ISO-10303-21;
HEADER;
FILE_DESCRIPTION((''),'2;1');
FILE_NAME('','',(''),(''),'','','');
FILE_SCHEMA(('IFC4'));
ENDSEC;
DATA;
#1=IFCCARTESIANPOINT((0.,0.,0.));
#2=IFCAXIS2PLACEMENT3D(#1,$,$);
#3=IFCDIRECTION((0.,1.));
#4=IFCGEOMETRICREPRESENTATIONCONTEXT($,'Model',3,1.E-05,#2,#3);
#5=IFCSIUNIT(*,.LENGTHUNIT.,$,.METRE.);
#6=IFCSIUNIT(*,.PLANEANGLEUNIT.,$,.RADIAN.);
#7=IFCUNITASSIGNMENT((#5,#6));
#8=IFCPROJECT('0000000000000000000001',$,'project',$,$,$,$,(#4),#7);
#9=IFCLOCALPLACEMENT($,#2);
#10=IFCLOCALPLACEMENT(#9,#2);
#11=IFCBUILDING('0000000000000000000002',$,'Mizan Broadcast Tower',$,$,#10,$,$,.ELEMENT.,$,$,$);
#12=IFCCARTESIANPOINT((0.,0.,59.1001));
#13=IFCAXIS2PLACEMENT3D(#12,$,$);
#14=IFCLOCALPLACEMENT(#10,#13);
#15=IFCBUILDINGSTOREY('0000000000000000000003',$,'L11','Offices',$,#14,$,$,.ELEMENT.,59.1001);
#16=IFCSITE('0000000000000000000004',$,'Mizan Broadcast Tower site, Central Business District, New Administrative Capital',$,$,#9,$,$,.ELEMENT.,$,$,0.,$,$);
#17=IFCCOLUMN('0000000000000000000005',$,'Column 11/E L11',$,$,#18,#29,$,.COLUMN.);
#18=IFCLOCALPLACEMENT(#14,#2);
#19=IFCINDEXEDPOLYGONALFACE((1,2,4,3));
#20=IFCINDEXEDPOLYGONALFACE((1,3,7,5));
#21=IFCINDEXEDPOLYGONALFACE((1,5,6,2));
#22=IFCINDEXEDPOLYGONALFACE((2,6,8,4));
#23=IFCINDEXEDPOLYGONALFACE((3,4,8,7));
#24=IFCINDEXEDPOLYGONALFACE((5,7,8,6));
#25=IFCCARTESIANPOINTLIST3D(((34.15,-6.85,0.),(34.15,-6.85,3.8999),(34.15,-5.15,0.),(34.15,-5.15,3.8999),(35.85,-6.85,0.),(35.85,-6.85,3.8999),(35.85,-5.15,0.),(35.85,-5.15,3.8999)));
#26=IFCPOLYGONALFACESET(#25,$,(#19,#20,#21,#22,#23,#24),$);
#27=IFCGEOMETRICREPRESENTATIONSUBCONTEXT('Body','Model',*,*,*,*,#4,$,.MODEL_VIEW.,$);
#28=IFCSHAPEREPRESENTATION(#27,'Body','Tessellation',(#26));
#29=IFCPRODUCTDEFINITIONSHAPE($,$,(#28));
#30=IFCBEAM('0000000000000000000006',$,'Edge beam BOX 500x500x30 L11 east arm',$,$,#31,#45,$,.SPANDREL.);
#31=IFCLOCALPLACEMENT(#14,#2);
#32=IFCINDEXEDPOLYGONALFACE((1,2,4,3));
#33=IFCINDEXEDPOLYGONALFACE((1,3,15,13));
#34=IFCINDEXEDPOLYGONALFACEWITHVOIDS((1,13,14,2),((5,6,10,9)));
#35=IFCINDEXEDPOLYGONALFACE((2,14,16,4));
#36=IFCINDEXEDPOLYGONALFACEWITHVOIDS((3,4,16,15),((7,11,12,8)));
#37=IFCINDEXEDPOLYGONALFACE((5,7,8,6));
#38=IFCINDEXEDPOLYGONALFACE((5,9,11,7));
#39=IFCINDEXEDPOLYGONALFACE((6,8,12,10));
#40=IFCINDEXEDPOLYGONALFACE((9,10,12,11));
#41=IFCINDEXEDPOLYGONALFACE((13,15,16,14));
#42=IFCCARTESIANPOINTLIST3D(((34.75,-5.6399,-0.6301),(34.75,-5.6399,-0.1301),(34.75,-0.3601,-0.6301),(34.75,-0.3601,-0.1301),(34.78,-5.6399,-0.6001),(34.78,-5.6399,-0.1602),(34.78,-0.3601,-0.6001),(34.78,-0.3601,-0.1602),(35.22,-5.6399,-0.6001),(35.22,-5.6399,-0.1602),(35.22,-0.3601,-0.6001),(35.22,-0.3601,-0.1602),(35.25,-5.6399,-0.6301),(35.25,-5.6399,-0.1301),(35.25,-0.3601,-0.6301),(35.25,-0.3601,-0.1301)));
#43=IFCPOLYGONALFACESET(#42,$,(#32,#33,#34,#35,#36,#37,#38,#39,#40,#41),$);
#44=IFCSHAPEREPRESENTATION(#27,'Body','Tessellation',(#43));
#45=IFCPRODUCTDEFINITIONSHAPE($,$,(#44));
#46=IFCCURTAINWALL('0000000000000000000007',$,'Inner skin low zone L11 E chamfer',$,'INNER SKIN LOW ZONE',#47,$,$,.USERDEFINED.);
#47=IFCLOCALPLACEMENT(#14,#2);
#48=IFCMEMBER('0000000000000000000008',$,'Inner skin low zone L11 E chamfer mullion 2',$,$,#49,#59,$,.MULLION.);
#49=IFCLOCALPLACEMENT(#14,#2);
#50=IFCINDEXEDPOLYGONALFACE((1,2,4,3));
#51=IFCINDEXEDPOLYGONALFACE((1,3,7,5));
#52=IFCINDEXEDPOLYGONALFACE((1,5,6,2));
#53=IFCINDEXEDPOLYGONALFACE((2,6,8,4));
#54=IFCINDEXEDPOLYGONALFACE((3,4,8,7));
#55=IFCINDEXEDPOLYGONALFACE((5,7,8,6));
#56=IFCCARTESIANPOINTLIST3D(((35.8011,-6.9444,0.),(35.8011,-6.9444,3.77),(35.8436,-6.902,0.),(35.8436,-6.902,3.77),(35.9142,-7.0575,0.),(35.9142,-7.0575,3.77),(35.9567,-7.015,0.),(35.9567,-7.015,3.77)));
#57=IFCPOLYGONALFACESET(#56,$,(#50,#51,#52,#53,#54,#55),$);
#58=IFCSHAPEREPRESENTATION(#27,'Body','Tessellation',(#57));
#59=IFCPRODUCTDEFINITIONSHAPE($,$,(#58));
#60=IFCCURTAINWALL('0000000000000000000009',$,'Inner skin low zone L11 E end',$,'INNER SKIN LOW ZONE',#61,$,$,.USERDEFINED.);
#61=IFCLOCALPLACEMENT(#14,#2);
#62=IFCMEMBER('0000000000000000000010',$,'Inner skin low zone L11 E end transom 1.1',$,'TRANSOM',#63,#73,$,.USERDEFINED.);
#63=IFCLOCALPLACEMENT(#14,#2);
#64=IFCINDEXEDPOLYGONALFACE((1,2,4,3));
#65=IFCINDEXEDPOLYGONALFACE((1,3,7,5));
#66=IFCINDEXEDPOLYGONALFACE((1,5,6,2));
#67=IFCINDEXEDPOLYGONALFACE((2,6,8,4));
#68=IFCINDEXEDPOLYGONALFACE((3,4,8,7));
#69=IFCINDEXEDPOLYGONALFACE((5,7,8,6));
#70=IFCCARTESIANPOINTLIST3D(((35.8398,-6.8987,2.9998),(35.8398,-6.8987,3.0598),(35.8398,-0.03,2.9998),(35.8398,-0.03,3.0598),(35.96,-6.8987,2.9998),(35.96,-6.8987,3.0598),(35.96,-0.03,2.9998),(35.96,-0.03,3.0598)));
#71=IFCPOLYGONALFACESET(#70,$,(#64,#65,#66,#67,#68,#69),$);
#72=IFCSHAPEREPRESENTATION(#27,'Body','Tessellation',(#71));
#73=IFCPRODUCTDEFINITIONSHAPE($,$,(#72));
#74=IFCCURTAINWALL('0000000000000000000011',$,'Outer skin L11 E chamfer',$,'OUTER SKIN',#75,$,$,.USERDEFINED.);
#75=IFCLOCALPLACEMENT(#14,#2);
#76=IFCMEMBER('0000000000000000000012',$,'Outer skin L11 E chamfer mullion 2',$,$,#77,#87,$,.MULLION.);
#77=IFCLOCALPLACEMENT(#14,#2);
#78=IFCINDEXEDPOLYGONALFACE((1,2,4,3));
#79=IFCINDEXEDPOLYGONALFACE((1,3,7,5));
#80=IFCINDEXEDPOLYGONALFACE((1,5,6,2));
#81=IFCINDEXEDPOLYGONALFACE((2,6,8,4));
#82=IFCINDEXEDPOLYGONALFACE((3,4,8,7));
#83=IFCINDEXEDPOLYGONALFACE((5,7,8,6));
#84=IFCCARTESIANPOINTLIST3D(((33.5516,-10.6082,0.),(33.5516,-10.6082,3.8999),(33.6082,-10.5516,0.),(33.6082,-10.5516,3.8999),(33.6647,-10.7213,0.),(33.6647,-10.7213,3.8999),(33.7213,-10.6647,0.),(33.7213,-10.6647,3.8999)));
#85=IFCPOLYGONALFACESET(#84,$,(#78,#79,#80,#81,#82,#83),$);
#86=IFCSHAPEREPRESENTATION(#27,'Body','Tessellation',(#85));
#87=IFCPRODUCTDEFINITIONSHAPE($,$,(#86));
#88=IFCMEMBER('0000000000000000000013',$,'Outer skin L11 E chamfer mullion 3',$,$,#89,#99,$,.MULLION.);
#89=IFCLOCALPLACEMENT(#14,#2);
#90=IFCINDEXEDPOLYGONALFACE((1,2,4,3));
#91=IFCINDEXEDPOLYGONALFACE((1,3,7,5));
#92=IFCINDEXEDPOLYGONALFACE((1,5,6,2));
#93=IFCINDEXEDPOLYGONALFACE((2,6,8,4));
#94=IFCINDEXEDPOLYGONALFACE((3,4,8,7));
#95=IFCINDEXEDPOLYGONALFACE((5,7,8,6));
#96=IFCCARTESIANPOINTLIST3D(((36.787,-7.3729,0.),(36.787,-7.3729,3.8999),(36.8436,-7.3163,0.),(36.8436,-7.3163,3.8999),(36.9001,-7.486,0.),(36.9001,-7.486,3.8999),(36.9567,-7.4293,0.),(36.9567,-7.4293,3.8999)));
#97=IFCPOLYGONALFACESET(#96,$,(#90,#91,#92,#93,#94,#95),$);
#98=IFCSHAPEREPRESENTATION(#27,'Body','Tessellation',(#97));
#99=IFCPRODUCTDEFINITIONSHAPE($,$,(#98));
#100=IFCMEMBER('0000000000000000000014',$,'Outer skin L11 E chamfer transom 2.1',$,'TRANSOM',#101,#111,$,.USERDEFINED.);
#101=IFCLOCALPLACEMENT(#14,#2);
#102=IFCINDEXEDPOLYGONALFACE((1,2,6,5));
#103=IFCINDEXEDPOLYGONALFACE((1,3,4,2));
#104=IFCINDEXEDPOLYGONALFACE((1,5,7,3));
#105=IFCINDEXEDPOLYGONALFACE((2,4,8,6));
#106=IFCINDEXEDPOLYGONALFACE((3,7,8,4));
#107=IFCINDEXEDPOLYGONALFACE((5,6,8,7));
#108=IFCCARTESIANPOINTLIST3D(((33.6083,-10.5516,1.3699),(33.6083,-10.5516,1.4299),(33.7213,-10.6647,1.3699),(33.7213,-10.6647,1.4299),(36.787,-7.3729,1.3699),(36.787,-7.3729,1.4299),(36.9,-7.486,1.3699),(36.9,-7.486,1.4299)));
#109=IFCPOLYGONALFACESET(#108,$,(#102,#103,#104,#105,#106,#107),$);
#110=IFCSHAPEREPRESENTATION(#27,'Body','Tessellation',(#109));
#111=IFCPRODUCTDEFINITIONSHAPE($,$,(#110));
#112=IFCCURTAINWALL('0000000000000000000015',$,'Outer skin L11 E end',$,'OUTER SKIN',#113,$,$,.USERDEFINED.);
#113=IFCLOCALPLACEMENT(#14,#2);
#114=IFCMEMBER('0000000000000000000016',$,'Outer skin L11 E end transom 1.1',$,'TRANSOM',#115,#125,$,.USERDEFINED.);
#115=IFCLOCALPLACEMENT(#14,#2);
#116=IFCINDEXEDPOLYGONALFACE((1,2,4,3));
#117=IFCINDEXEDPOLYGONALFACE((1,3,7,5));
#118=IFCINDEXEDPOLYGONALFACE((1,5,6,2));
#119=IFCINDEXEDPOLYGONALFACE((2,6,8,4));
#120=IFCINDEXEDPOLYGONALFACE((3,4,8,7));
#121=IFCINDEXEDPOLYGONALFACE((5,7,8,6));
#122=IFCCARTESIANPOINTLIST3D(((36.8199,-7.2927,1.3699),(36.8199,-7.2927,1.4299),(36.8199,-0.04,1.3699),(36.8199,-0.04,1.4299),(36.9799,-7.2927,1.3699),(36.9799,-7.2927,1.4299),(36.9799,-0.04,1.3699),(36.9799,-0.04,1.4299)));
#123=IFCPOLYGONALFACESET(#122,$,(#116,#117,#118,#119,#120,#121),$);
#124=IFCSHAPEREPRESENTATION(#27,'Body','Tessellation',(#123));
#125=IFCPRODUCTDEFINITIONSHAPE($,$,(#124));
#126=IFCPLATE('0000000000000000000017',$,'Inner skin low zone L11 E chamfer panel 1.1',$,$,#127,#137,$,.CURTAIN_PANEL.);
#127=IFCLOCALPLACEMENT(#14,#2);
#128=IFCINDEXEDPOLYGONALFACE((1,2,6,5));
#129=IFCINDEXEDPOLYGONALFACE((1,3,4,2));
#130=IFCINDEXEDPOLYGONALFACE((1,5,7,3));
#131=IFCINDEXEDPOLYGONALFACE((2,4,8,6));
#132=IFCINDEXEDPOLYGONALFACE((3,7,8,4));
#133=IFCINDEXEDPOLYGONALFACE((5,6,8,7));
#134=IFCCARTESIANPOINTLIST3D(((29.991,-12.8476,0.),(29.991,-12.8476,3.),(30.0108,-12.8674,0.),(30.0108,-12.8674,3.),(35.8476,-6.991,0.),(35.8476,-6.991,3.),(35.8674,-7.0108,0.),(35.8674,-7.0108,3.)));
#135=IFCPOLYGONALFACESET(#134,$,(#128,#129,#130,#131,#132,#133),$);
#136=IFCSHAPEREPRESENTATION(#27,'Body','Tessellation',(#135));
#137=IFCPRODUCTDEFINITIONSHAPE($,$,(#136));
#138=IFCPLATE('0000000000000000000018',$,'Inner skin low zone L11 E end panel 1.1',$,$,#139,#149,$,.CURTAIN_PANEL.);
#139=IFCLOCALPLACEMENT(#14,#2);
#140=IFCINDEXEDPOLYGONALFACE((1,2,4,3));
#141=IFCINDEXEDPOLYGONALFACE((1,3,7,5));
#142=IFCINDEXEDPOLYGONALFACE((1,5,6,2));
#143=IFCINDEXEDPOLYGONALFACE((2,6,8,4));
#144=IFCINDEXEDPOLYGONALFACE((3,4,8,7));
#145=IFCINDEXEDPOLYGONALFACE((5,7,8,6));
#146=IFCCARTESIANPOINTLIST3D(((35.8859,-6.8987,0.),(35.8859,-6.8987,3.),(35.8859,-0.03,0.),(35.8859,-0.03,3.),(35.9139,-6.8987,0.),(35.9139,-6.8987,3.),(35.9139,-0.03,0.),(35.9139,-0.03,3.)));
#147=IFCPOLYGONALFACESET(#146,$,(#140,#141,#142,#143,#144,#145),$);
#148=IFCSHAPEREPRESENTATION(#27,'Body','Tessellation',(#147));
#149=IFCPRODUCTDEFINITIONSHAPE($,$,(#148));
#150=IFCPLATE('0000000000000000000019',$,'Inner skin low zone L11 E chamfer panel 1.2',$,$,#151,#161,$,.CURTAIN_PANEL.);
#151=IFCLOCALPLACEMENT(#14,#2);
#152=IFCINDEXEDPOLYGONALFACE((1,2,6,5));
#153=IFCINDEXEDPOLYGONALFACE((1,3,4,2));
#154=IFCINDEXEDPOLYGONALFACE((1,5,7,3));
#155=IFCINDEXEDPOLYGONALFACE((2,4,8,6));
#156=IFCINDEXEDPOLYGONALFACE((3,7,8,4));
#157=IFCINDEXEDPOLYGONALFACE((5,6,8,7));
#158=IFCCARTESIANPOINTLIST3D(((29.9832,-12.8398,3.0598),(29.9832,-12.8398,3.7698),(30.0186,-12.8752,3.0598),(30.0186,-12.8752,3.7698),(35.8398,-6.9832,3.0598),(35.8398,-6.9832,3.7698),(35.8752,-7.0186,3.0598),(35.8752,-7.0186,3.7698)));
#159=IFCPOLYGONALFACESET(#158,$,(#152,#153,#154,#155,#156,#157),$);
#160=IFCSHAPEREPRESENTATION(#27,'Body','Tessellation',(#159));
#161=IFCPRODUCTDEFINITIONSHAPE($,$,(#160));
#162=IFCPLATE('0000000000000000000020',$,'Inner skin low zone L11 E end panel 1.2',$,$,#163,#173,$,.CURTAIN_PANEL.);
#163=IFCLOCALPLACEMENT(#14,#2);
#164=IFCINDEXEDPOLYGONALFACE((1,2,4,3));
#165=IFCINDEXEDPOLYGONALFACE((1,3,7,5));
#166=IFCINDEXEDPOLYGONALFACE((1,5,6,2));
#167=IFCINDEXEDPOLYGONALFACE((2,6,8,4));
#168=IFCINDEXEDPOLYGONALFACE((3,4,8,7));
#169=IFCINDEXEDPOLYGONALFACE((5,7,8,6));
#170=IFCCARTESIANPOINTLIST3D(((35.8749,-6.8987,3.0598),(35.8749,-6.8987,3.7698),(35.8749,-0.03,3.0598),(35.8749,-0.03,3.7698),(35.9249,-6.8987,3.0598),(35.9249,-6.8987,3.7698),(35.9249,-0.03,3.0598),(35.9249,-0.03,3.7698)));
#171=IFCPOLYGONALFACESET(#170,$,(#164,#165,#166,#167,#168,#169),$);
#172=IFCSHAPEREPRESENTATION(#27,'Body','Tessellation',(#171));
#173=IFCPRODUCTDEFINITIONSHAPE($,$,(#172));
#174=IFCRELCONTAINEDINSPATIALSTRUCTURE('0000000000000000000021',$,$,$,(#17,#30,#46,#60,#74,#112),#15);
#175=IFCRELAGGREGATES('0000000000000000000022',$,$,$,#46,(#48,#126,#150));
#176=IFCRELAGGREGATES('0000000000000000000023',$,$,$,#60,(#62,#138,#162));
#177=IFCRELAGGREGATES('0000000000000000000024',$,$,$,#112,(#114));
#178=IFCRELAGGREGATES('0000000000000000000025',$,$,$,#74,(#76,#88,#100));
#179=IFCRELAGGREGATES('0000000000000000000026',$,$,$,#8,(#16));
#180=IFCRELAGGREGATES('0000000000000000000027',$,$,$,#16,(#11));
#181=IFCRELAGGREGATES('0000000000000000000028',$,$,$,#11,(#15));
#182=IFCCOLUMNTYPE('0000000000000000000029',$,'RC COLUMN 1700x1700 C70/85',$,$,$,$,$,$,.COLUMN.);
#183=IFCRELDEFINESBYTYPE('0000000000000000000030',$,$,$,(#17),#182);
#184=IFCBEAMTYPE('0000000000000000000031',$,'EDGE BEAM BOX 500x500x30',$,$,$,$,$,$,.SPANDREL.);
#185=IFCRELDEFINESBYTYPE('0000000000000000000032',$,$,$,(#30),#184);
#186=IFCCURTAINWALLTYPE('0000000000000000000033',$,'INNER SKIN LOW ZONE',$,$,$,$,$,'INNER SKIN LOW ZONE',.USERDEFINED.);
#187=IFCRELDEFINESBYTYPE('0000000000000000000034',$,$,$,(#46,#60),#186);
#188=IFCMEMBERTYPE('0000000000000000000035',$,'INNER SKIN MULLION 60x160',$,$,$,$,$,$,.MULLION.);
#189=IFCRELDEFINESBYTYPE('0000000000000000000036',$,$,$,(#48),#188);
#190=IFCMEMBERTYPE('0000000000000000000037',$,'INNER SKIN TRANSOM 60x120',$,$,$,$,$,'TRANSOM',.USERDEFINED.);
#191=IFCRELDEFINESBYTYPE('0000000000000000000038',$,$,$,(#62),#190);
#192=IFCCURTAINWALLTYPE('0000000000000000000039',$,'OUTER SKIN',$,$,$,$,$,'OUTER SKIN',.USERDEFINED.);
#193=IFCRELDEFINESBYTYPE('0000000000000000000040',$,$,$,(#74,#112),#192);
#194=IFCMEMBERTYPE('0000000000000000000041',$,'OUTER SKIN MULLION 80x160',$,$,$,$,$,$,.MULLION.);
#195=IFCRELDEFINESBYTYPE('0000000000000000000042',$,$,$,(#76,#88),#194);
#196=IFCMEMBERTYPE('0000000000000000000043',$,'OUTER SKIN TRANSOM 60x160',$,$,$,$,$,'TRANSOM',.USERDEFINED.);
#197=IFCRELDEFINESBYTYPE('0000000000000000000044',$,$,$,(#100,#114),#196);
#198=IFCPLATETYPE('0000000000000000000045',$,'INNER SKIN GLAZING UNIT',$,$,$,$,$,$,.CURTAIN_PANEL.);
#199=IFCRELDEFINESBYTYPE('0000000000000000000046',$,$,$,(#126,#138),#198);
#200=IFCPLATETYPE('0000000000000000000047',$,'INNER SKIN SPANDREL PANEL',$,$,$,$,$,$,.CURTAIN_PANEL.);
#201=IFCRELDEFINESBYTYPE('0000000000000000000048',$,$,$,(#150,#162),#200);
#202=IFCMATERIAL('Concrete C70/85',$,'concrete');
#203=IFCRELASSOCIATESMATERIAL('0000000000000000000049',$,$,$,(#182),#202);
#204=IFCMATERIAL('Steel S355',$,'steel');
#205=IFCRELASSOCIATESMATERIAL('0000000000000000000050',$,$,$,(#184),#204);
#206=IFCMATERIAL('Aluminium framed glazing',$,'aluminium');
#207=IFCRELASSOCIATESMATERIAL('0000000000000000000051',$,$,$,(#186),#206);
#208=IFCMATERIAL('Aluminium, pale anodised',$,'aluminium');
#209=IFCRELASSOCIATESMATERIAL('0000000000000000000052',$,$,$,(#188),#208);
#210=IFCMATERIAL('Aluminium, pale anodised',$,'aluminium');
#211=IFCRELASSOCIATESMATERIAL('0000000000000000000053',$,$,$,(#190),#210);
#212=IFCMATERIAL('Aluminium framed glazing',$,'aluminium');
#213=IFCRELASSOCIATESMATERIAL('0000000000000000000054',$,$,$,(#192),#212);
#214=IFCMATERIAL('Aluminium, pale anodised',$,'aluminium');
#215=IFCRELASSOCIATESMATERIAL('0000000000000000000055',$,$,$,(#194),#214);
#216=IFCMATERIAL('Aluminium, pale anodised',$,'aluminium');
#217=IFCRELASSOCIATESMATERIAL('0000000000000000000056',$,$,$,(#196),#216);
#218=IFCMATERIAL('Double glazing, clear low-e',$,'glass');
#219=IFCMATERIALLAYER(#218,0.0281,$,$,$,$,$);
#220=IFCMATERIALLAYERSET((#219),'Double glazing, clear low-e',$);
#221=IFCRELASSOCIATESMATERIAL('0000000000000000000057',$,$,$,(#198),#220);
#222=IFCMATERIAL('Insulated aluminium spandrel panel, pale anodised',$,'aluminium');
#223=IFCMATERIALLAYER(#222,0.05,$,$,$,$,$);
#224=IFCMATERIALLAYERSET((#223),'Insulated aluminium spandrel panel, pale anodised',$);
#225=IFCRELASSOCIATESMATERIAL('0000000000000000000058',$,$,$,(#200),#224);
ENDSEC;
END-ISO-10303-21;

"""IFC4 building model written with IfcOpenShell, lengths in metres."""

from ifc_helpers import new_model, si_unit, direction, frame, origin, origin_2d, place, context, subcontext, project, spatial, rectangle, hollow_rectangle, extrude, material, layer, layer_set, material_profile, profile_set, type_object, element, aggregate, save


model = new_model("IFC4")

# Units and contexts
model_context = context("Model", 3, precision=1e-05, world=origin(), true_north=direction((0.0, 1.0)))
body_context = subcontext(model_context, "Body", "Model", "MODEL_VIEW")
ifc_project = project(units=[si_unit("LENGTHUNIT", "METRE"), si_unit("PLANEANGLEUNIT", "RADIAN")], contexts=[model_context])

# Site, building, storey
site_placement = place(None, origin())
site = spatial("IfcSite", under=ifc_project, at=site_placement, Name="Mizan Broadcast Tower site, Central Business District, New Administrative Capital", CompositionType="ELEMENT", RefElevation=0.0)
building_placement = place(site_placement, origin())
building = spatial("IfcBuilding", under=site, at=building_placement, Name="Mizan Broadcast Tower", CompositionType="ELEMENT")
storey_placement = place(building_placement, frame((0.0, 0.0, 59.1001)))
storey = spatial("IfcBuildingStorey", under=building, at=storey_placement, Name="L11", Description="Offices", CompositionType="ELEMENT", Elevation=59.1001)

# Column
ifc_material_1 = material(Name="Concrete C70/85", Category="concrete")
ifc_material_profile_1 = material_profile(ifc_material_1, rectangle(XDim=1.7, YDim=1.7, at=origin_2d()), Name="RC 1700x1700")
ifc_profile_set_1 = profile_set([ifc_material_profile_1], Name="Concrete C70/85")
column_type = type_object("IfcColumnType", Name="RC COLUMN 1700x1700 C70/85", PredefinedType="COLUMN", material=ifc_profile_set_1)
column_placement = place(storey_placement, frame((35.0, -6.0, 0.0), z_axis=(0.0, 0.0, 1.0), x_axis=(1.0, 0.0, 0.0)))
element("IfcColumn", 1, at=column_placement, inside=storey, type_object=column_type, Name="Column 11/E L11", PredefinedType="COLUMN", context=body_context, shape_type="SweptSolid", body=[
    extrude(rectangle(XDim=1.7, YDim=1.7, at=origin_2d()), origin(), (0.0, 0.0, 1.0), 3.8999),
])

# Beam
ifc_material_2 = material(Name="Steel S355", Category="steel")
ifc_material_profile_2 = material_profile(ifc_material_2, hollow_rectangle(XDim=0.5, YDim=0.5, WallThickness=0.03, at=origin_2d()), Name="BOX 500x500x30")
ifc_profile_set_2 = profile_set([ifc_material_profile_2], Name="Steel S355")
beam_type = type_object("IfcBeamType", Name="EDGE BEAM BOX 500x500x30", PredefinedType="SPANDREL", material=ifc_profile_set_2)
beam_placement = place(storey_placement, frame((35.0, -5.6399, -0.3801), z_axis=(0.0, 1.0, 0.0), x_axis=(-1.0, 0.0, 0.0)))
element("IfcBeam", 2, at=beam_placement, inside=storey, type_object=beam_type, Name="Edge beam BOX 500x500x30 L11 east arm", PredefinedType="SPANDREL", context=body_context, shape_type="SweptSolid", body=[
    extrude(hollow_rectangle(XDim=0.5, YDim=0.5, WallThickness=0.03, at=origin_2d()), origin(), (0.0, 0.0, 1.0), 5.2798),
])

# Curtain walls, members
ifc_material_3 = material(Name="Aluminium framed glazing", Category="aluminium")
curtain_wall_type_1 = type_object("IfcCurtainWallType", Name="INNER SKIN LOW ZONE", ElementType="INNER SKIN LOW ZONE", PredefinedType="USERDEFINED", material=ifc_material_3)
curtain_wall_1_placement = place(storey_placement, origin())
curtain_wall_1 = element("IfcCurtainWall", 3, at=curtain_wall_1_placement, inside=storey, type_object=curtain_wall_type_1, Name="Inner skin low zone L11 E chamfer", ObjectType="INNER SKIN LOW ZONE", PredefinedType="USERDEFINED")
ifc_material_4 = material(Name="Aluminium, pale anodised", Category="aluminium")
ifc_material_profile_3 = material_profile(ifc_material_4, rectangle(XDim=0.1599, YDim=0.0601, at=origin_2d()), Name="MULLION 160x60")
ifc_profile_set_3 = profile_set([ifc_material_profile_3], Name="Aluminium, pale anodised")
member_type_1 = type_object("IfcMemberType", Name="INNER SKIN MULLION 60x160", PredefinedType="MULLION", material=ifc_profile_set_3)
member_1_placement = place(storey_placement, frame((35.8789, -6.9797, 0.0), z_axis=(0.0, 0.0, 1.0), x_axis=(-0.707107, 0.707107, 0.0)))
member_1 = element("IfcMember", 4, at=member_1_placement, type_object=member_type_1, Name="Inner skin low zone L11 E chamfer mullion 2", PredefinedType="MULLION", context=body_context, shape_type="SweptSolid", body=[
    extrude(rectangle(XDim=0.1599, YDim=0.0601, at=origin_2d()), origin(), (0.0, 0.0, 1.0), 3.77),
])
curtain_wall_2_placement = place(storey_placement, origin())
curtain_wall_2 = element("IfcCurtainWall", 5, at=curtain_wall_2_placement, inside=storey, type_object=curtain_wall_type_1, Name="Inner skin low zone L11 E end", ObjectType="INNER SKIN LOW ZONE", PredefinedType="USERDEFINED")
ifc_material_5 = material(Name="Aluminium, pale anodised", Category="aluminium")
ifc_material_profile_4 = material_profile(ifc_material_5, rectangle(XDim=0.1201, YDim=0.0601, at=origin_2d()), Name="TRANSOM 120x60")
ifc_profile_set_4 = profile_set([ifc_material_profile_4], Name="Aluminium, pale anodised")
member_type_2 = type_object("IfcMemberType", Name="INNER SKIN TRANSOM 60x120", ElementType="TRANSOM", PredefinedType="USERDEFINED", material=ifc_profile_set_4)
member_2_placement = place(storey_placement, frame((35.8999, -6.8987, 3.0298), z_axis=(0.0, 1.0, 0.0), x_axis=(-1.0, 0.0, 0.0)))
member_2 = element("IfcMember", 6, at=member_2_placement, type_object=member_type_2, Name="Inner skin low zone L11 E end transom 1.1", ObjectType="TRANSOM", PredefinedType="USERDEFINED", context=body_context, shape_type="SweptSolid", body=[
    extrude(rectangle(XDim=0.1201, YDim=0.0601, at=origin_2d()), origin(), (0.0, 0.0, 1.0), 6.8687),
])

# Curtain wall, members
ifc_material_6 = material(Name="Aluminium framed glazing", Category="aluminium")
curtain_wall_type_2 = type_object("IfcCurtainWallType", Name="OUTER SKIN", ElementType="OUTER SKIN", PredefinedType="USERDEFINED", material=ifc_material_6)
curtain_wall_3_placement = place(storey_placement, origin())
curtain_wall_3 = element("IfcCurtainWall", 7, at=curtain_wall_3_placement, inside=storey, type_object=curtain_wall_type_2, Name="Outer skin L11 E chamfer", ObjectType="OUTER SKIN", PredefinedType="USERDEFINED")
ifc_material_7 = material(Name="Aluminium, pale anodised", Category="aluminium")
ifc_material_profile_5 = material_profile(ifc_material_7, rectangle(XDim=0.1599, YDim=0.0801, at=origin_2d()), Name="MULLION 160x80")
ifc_profile_set_5 = profile_set([ifc_material_profile_5], Name="Aluminium, pale anodised")
member_type_3 = type_object("IfcMemberType", Name="OUTER SKIN MULLION 80x160", PredefinedType="MULLION", material=ifc_profile_set_5)
member_3_placement = place(storey_placement, frame((33.6365, -10.6365, 0.0), z_axis=(0.0, 0.0, 1.0), x_axis=(-0.707107, 0.707107, 0.0)))
member_3 = element("IfcMember", 8, at=member_3_placement, type_object=member_type_3, Name="Outer skin L11 E chamfer mullion 2", PredefinedType="MULLION", context=body_context, shape_type="SweptSolid", body=[
    extrude(rectangle(XDim=0.1599, YDim=0.0801, at=origin_2d()), origin(), (0.0, 0.0, 1.0), 3.8999),
])
member_4_placement = place(storey_placement, frame((36.8718, -7.4011, 0.0), z_axis=(0.0, 0.0, 1.0), x_axis=(-0.707107, 0.707107, 0.0)))
member_4 = element("IfcMember", 9, at=member_4_placement, type_object=member_type_3, Name="Outer skin L11 E chamfer mullion 3", PredefinedType="MULLION", context=body_context, shape_type="SweptSolid", body=[
    extrude(rectangle(XDim=0.1599, YDim=0.0801, at=origin_2d()), origin(), (0.0, 0.0, 1.0), 3.8999),
])
ifc_material_8 = material(Name="Aluminium, pale anodised", Category="aluminium")
ifc_material_profile_6 = material_profile(ifc_material_8, rectangle(XDim=0.1599, YDim=0.0601, at=origin_2d()), Name="TRANSOM 160x60")
ifc_profile_set_6 = profile_set([ifc_material_profile_6], Name="Aluminium, pale anodised")
member_type_4 = type_object("IfcMemberType", Name="OUTER SKIN TRANSOM 60x160", ElementType="TRANSOM", PredefinedType="USERDEFINED", material=ifc_profile_set_6)
member_5_placement = place(storey_placement, frame((33.6648, -10.6082, 1.3999), z_axis=(0.707107, 0.707107, 0.0), x_axis=(-0.707107, 0.707107, 0.0)))
member_5 = element("IfcMember", 10, at=member_5_placement, type_object=member_type_4, Name="Outer skin L11 E chamfer transom 2.1", ObjectType="TRANSOM", PredefinedType="USERDEFINED", context=body_context, shape_type="SweptSolid", body=[
    extrude(rectangle(XDim=0.1599, YDim=0.0601, at=origin_2d()), origin(), (0.0, 0.0, 1.0), 4.4954),
])

# Curtain wall, member
curtain_wall_4_placement = place(storey_placement, origin())
curtain_wall_4 = element("IfcCurtainWall", 11, at=curtain_wall_4_placement, inside=storey, type_object=curtain_wall_type_2, Name="Outer skin L11 E end", ObjectType="OUTER SKIN", PredefinedType="USERDEFINED")
member_6_placement = place(storey_placement, frame((36.8999, -7.2927, 1.3999), z_axis=(0.0, 1.0, 0.0), x_axis=(-1.0, 0.0, 0.0)))
member_6 = element("IfcMember", 12, at=member_6_placement, type_object=member_type_4, Name="Outer skin L11 E end transom 1.1", ObjectType="TRANSOM", PredefinedType="USERDEFINED", context=body_context, shape_type="SweptSolid", body=[
    extrude(rectangle(XDim=0.1599, YDim=0.0601, at=origin_2d()), origin(), (0.0, 0.0, 1.0), 7.2527),
])

# Plates
ifc_material_9 = material(Name="Double glazing, clear low-e", Category="glass")
ifc_layer_1 = layer(ifc_material_9, 0.0281)
ifc_layer_set_1 = layer_set([ifc_layer_1], Name="Double glazing, clear low-e")
plate_type_1 = type_object("IfcPlateType", Name="INNER SKIN GLAZING UNIT", PredefinedType="CURTAIN_PANEL", material=ifc_layer_set_1)
plate_1_placement = place(storey_placement, frame((32.9292, -9.9292, 0.0), z_axis=(0.0, 0.0, 1.0), x_axis=(0.707107, 0.707107, 0.0)))
plate_1 = element("IfcPlate", 13, at=plate_1_placement, type_object=plate_type_1, Name="Inner skin low zone L11 E chamfer panel 1.1", PredefinedType="CURTAIN_PANEL", context=body_context, shape_type="SweptSolid", body=[
    extrude(rectangle(XDim=8.2825, YDim=0.0281, at=origin_2d()), origin(), (0.0, 0.0, 1.0), 3.0),
])
plate_2_placement = place(storey_placement, frame((35.8999, -3.4644, 0.0), z_axis=(0.0, 0.0, 1.0), x_axis=(0.0, 1.0, 0.0)))
plate_2 = element("IfcPlate", 14, at=plate_2_placement, type_object=plate_type_1, Name="Inner skin low zone L11 E end panel 1.1", PredefinedType="CURTAIN_PANEL", context=body_context, shape_type="SweptSolid", body=[
    extrude(rectangle(XDim=6.8687, YDim=0.0281, at=origin_2d()), origin(), (0.0, 0.0, 1.0), 3.0),
])
ifc_material_10 = material(Name="Insulated aluminium spandrel panel, pale anodised", Category="aluminium")
ifc_layer_2 = layer(ifc_material_10, 0.05)
ifc_layer_set_2 = layer_set([ifc_layer_2], Name="Insulated aluminium spandrel panel, pale anodised")
plate_type_2 = type_object("IfcPlateType", Name="INNER SKIN SPANDREL PANEL", PredefinedType="CURTAIN_PANEL", material=ifc_layer_set_2)
plate_3_placement = place(storey_placement, frame((32.9292, -9.9292, 3.0598), z_axis=(0.0, 0.0, 1.0), x_axis=(0.707107, 0.707107, 0.0)))
plate_3 = element("IfcPlate", 15, at=plate_3_placement, type_object=plate_type_2, Name="Inner skin low zone L11 E chamfer panel 1.2", PredefinedType="CURTAIN_PANEL", context=body_context, shape_type="SweptSolid", body=[
    extrude(rectangle(XDim=8.2825, YDim=0.05, at=origin_2d()), origin(), (0.0, 0.0, 1.0), 0.71),
])
aggregate(curtain_wall_1, [member_1, plate_1, plate_3])
plate_4_placement = place(storey_placement, frame((35.8999, -3.4644, 3.0598), z_axis=(0.0, 0.0, 1.0), x_axis=(0.0, 1.0, 0.0)))
plate_4 = element("IfcPlate", 16, at=plate_4_placement, type_object=plate_type_2, Name="Inner skin low zone L11 E end panel 1.2", PredefinedType="CURTAIN_PANEL", context=body_context, shape_type="SweptSolid", body=[
    extrude(rectangle(XDim=6.8687, YDim=0.05, at=origin_2d()), origin(), (0.0, 0.0, 1.0), 0.71),
])
aggregate(curtain_wall_2, [member_2, plate_2, plate_4])
aggregate(curtain_wall_4, [member_6])
aggregate(curtain_wall_3, [member_3, member_4, member_5])

save(model, "model.ifc")
